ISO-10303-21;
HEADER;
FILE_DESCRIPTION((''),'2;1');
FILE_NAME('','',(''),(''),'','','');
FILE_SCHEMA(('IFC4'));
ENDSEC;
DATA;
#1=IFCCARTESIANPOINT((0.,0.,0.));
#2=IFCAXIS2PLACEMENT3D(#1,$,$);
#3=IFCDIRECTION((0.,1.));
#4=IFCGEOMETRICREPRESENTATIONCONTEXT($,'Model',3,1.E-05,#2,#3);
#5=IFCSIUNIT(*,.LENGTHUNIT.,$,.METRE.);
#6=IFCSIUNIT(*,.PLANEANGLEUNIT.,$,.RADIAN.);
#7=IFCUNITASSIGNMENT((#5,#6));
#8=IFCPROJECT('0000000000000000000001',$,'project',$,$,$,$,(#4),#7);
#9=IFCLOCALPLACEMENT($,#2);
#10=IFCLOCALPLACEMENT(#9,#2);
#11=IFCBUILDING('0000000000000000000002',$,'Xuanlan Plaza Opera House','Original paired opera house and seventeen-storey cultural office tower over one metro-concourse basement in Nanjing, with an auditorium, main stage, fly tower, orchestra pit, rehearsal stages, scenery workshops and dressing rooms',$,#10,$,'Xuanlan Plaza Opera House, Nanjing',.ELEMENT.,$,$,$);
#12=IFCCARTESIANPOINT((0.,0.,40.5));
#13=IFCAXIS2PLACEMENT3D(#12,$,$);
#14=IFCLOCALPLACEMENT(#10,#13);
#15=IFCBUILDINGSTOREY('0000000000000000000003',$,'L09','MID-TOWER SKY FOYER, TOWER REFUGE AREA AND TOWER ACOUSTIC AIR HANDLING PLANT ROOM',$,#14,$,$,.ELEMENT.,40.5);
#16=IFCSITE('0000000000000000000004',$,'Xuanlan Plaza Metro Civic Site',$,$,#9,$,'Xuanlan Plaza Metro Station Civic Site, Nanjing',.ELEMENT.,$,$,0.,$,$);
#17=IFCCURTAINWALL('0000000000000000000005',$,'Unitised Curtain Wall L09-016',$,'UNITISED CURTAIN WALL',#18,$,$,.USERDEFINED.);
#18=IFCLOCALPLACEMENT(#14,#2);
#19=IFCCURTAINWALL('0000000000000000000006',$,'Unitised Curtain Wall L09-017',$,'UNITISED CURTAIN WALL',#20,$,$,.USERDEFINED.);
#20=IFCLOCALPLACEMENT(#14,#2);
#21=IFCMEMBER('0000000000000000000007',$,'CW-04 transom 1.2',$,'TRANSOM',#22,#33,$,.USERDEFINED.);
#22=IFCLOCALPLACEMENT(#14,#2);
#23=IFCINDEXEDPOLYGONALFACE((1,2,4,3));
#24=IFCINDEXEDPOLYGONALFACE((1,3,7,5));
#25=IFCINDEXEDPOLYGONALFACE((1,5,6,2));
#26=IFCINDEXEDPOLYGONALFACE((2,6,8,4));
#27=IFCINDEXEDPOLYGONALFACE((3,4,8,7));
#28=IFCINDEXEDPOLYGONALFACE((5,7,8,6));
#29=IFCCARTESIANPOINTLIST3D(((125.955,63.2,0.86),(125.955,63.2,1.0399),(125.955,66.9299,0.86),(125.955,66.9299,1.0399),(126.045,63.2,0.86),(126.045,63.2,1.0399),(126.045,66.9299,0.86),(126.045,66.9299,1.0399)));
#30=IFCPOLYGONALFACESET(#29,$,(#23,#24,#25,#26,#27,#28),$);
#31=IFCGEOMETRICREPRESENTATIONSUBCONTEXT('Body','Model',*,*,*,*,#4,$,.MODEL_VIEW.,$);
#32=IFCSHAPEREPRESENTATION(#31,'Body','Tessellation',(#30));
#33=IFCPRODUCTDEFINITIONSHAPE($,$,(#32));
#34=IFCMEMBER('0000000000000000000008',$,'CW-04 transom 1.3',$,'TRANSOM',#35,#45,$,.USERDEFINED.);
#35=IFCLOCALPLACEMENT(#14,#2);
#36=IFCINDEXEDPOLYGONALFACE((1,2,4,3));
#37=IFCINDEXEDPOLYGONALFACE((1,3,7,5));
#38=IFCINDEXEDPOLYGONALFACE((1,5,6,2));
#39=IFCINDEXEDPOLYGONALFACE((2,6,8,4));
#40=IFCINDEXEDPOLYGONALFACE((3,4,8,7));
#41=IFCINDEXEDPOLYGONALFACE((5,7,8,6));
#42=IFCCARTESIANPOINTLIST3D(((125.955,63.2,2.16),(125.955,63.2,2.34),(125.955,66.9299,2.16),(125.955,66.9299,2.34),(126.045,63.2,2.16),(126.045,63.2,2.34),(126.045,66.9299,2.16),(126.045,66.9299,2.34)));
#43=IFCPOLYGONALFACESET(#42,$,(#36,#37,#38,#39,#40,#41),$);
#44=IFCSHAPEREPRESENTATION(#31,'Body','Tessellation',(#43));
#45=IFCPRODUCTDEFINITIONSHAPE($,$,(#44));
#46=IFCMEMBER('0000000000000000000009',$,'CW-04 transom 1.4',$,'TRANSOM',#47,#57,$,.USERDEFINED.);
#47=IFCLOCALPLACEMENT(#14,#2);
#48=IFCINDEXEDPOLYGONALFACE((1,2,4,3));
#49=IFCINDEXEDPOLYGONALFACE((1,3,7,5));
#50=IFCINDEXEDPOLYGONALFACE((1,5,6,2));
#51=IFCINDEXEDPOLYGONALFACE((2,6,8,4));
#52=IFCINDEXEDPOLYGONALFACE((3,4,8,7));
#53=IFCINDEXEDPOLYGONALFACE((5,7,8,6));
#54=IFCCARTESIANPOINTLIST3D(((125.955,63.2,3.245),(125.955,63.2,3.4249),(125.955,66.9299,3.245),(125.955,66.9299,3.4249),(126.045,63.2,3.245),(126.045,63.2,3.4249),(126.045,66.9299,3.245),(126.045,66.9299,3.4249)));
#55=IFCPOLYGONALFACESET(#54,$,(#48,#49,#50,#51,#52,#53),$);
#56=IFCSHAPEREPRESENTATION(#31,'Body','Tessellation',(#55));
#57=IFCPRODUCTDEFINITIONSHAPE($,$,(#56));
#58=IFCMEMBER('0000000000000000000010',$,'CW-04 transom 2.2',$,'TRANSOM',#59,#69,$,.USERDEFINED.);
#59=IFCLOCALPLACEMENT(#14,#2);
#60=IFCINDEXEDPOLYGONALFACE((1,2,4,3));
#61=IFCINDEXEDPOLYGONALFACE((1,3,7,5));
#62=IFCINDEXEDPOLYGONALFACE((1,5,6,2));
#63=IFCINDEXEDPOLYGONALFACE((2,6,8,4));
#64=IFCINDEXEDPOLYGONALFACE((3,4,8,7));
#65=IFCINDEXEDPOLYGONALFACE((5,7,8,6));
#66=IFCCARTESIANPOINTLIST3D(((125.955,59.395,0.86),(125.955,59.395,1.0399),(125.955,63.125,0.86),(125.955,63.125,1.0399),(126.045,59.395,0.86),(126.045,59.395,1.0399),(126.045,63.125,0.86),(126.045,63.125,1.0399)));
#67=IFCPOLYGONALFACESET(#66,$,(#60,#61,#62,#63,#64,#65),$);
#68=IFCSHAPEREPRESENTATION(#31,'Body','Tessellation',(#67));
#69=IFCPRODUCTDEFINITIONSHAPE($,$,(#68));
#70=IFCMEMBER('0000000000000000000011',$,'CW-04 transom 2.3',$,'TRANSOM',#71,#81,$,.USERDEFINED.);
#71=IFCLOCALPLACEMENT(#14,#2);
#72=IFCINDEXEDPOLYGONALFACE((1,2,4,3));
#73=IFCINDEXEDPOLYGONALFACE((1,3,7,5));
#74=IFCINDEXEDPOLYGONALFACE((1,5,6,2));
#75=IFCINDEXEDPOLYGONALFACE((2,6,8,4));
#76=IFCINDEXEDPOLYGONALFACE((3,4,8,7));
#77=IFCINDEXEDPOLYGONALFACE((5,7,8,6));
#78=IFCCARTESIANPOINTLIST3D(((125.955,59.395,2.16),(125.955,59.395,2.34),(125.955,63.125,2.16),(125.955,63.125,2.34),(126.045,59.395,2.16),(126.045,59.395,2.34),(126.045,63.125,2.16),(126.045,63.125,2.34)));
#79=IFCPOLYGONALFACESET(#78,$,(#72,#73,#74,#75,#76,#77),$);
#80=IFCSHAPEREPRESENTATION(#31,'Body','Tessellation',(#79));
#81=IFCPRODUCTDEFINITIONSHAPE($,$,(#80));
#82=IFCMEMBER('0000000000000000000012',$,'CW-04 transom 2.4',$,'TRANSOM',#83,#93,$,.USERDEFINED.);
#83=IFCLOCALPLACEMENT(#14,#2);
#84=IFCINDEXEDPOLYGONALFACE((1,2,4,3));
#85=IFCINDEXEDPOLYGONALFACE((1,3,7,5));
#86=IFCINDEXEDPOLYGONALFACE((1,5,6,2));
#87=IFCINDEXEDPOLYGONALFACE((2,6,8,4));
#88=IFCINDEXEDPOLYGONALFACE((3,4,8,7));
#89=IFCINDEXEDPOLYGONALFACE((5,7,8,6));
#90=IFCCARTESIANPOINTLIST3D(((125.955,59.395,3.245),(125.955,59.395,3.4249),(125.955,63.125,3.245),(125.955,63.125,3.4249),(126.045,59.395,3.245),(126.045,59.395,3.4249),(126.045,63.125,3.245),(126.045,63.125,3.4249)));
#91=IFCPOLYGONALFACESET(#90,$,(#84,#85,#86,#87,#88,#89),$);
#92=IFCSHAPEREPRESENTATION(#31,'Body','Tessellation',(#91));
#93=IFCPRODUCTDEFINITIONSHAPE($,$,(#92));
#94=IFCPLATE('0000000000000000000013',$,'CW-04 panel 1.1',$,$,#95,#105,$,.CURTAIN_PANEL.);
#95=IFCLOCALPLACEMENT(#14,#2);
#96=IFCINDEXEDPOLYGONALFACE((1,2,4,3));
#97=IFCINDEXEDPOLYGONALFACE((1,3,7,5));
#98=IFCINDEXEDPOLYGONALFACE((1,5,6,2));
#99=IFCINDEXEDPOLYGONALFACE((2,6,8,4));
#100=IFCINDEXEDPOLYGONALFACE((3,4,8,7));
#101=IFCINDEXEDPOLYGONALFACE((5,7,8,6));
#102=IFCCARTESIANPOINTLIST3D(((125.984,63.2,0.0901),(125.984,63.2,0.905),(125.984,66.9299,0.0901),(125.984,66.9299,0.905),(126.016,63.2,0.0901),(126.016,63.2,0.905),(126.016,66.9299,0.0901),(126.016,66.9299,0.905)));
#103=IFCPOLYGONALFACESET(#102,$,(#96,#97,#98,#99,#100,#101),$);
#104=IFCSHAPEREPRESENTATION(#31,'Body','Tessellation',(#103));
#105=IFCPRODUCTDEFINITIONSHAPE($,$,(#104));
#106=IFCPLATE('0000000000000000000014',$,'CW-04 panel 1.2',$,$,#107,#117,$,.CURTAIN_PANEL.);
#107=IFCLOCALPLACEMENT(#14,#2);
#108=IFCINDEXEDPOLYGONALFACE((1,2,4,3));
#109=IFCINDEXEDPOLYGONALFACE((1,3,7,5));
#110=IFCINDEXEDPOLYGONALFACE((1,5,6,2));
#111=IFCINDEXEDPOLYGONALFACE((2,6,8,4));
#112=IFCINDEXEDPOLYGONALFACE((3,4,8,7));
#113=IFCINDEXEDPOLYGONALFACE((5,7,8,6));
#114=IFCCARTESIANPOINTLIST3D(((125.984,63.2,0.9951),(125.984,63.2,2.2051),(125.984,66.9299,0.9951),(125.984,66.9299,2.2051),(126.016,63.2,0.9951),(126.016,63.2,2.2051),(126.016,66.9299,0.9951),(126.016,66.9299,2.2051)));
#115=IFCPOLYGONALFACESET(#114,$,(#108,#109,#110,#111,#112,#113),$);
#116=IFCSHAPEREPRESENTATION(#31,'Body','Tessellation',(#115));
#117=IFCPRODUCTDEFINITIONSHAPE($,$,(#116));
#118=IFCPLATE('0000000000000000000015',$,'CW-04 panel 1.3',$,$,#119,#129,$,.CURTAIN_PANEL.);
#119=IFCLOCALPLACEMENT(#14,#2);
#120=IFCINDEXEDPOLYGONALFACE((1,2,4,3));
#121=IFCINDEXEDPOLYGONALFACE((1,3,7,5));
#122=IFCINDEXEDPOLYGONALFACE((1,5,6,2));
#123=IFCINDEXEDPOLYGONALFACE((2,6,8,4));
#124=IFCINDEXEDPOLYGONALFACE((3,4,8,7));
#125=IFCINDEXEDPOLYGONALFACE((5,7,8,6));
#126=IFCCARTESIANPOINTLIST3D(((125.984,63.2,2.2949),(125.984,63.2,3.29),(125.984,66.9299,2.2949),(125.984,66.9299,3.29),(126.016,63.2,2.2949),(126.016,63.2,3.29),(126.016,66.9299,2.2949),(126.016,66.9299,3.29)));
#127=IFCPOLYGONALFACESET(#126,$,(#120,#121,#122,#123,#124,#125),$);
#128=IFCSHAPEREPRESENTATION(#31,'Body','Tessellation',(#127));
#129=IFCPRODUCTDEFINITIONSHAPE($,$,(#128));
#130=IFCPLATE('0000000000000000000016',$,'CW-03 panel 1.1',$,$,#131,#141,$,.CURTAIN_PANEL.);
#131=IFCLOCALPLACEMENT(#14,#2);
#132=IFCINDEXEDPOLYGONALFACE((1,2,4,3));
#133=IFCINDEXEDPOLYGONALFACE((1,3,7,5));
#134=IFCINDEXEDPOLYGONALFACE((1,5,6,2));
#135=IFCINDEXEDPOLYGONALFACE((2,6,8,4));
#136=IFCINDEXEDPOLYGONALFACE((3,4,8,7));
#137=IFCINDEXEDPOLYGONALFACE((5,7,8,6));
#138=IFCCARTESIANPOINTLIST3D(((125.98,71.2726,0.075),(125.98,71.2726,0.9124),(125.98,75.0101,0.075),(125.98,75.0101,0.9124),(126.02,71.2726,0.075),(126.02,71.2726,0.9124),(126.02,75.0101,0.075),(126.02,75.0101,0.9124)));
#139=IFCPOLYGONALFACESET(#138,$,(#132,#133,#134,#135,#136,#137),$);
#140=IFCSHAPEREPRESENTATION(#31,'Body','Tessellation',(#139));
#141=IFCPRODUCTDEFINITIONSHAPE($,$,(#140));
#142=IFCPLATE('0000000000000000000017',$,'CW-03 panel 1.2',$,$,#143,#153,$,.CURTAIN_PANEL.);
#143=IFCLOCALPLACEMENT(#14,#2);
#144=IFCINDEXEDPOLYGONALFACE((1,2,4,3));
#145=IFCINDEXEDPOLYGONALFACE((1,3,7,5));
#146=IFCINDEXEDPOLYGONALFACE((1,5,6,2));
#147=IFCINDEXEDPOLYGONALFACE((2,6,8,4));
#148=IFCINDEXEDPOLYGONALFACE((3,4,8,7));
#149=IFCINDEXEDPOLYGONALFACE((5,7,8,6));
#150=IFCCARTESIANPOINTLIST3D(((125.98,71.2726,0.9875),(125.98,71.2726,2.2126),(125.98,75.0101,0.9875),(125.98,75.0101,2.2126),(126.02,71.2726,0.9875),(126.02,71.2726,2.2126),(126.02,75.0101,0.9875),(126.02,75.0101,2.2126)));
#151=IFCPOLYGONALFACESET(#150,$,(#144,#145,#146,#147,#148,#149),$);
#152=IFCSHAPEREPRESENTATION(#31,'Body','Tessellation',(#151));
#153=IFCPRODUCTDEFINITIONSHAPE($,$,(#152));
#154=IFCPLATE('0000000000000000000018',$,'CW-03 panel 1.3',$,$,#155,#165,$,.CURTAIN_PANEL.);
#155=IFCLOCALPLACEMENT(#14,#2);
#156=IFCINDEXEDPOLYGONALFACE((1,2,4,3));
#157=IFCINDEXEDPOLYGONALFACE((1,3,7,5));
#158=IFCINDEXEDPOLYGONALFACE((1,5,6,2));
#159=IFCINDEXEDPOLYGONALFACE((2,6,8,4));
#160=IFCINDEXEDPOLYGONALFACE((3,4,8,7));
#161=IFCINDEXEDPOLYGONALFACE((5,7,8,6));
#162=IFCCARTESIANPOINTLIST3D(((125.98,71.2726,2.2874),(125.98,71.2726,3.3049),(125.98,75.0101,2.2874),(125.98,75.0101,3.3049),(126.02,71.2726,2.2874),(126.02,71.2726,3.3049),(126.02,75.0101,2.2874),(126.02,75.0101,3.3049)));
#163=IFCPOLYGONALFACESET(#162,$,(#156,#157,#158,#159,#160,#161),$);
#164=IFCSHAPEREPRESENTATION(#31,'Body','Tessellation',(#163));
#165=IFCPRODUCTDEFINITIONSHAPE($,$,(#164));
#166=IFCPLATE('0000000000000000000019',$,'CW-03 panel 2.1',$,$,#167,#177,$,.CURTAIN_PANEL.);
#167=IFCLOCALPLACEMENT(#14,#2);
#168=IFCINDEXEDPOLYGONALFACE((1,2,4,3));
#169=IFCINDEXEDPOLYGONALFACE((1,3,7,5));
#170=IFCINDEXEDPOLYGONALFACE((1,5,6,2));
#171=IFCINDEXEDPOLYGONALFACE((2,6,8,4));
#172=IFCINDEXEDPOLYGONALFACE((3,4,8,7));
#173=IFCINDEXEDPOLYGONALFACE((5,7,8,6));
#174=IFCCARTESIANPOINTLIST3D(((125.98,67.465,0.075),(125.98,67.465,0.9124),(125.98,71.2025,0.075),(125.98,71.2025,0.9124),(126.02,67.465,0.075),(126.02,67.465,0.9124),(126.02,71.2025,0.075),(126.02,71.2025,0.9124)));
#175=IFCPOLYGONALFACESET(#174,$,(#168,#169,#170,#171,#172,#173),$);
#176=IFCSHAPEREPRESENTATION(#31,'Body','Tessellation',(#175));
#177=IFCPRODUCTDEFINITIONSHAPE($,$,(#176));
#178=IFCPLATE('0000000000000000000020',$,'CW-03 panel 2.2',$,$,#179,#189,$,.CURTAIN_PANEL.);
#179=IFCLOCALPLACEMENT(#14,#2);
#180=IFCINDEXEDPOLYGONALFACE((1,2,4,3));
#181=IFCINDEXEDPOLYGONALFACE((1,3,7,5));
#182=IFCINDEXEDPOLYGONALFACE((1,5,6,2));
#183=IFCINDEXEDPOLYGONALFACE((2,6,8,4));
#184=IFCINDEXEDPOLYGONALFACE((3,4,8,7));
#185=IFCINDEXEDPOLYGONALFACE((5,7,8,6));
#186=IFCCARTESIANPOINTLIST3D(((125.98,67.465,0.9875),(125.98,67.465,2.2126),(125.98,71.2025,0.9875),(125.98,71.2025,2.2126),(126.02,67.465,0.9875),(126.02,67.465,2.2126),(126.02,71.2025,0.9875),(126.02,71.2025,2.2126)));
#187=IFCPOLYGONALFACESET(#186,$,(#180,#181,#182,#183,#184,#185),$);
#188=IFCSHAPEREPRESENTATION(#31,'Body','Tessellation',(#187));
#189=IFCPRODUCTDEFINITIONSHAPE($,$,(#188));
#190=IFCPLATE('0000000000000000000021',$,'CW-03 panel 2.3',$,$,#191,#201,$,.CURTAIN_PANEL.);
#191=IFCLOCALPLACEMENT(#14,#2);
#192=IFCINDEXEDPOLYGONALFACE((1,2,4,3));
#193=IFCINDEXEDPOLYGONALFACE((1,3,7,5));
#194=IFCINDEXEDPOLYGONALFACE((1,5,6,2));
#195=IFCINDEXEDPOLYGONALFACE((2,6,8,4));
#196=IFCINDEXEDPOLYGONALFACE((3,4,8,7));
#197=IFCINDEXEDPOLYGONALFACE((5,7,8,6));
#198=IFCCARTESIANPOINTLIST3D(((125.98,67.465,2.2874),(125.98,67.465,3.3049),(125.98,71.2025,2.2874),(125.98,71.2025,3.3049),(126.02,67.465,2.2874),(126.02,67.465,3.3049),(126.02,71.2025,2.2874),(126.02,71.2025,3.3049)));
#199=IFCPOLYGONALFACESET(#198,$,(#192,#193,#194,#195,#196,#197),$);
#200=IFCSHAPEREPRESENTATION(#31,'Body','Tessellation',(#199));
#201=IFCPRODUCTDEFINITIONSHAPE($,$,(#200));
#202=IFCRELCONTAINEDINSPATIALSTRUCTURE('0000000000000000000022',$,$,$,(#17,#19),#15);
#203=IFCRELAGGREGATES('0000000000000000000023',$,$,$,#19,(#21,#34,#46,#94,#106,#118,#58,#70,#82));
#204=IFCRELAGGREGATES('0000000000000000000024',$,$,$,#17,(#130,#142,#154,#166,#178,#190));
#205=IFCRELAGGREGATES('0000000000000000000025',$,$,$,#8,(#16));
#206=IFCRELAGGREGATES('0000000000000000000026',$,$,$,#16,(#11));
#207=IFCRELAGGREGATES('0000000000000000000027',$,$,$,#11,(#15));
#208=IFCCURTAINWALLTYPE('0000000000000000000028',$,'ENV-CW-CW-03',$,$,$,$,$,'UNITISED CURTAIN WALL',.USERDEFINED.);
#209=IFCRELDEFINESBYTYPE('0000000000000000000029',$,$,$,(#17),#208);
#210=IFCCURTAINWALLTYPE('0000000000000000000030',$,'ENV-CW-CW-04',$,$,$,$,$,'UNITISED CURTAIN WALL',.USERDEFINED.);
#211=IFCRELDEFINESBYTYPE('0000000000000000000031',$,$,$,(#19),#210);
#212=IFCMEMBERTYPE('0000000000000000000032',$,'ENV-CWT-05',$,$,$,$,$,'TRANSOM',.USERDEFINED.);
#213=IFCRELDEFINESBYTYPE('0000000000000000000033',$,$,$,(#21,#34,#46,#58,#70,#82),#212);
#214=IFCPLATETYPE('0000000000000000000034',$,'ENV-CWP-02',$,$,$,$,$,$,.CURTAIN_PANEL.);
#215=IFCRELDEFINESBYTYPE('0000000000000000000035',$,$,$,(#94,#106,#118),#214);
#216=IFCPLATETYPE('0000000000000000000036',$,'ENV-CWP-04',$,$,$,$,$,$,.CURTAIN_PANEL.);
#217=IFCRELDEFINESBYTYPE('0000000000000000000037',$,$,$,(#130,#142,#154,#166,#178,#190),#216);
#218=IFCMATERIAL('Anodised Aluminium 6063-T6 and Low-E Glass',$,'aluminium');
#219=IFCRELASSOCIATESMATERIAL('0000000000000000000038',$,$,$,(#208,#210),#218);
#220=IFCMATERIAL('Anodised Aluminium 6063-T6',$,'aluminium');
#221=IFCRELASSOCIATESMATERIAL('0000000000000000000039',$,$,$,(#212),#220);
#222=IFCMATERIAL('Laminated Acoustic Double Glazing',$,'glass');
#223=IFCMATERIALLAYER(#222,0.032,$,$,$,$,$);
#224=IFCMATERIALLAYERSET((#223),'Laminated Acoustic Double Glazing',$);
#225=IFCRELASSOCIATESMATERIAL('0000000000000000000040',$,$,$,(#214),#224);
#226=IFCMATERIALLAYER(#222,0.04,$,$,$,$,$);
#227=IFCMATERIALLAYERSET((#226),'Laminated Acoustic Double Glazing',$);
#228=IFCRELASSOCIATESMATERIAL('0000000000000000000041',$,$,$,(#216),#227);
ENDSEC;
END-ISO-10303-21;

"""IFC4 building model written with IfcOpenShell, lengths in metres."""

from ifc_helpers import new_model, si_unit, direction, frame, origin, origin_2d, place, context, subcontext, project, spatial, rectangle, extrude, material, layer, layer_set, material_profile, profile_set, type_object, element, aggregate, save


model = new_model("IFC4")

# Units and contexts
model_context = context("Model", 3, precision=1e-05, world=origin(), true_north=direction((0.0, 1.0)))
body_context = subcontext(model_context, "Body", "Model", "MODEL_VIEW")
ifc_project = project(units=[si_unit("LENGTHUNIT", "METRE"), si_unit("PLANEANGLEUNIT", "RADIAN")], contexts=[model_context])

# Site, building, storey
site_placement = place(None, origin())
site = spatial("IfcSite", under=ifc_project, at=site_placement, Name="Xuanlan Plaza Metro Civic Site", LongName="Xuanlan Plaza Metro Station Civic Site, Nanjing", CompositionType="ELEMENT", RefElevation=0.0)
building_placement = place(site_placement, origin())
building = spatial("IfcBuilding", under=site, at=building_placement, Name="Xuanlan Plaza Opera House", Description="Original paired opera house and seventeen-storey cultural office tower over one metro-concourse basement in Nanjing, with an auditorium, main stage, fly tower, orchestra pit, rehearsal stages, scenery workshops and dressing rooms", LongName="Xuanlan Plaza Opera House, Nanjing", CompositionType="ELEMENT")
storey_placement = place(building_placement, frame((0.0, 0.0, 40.5)))
storey = spatial("IfcBuildingStorey", under=building, at=storey_placement, Name="L09", Description="MID-TOWER SKY FOYER, TOWER REFUGE AREA AND TOWER ACOUSTIC AIR HANDLING PLANT ROOM", CompositionType="ELEMENT", Elevation=40.5)

# Curtain walls
ifc_material_1 = material(Name="Anodised Aluminium 6063-T6 and Low-E Glass", Category="aluminium")
curtain_wall_type_1 = type_object("IfcCurtainWallType", Name="ENV-CW-CW-03", ElementType="UNITISED CURTAIN WALL", PredefinedType="USERDEFINED", material=ifc_material_1)
curtain_wall_1_placement = place(storey_placement, origin())
curtain_wall_1 = element("IfcCurtainWall", 1, at=curtain_wall_1_placement, inside=storey, type_object=curtain_wall_type_1, Name="Unitised Curtain Wall L09-016", ObjectType="UNITISED CURTAIN WALL", PredefinedType="USERDEFINED")
ifc_material_2 = material(Name="Anodised Aluminium 6063-T6", Category="aluminium")
curtain_wall_type_2 = type_object("IfcCurtainWallType", Name="ENV-CW-CW-04", ElementType="UNITISED CURTAIN WALL", PredefinedType="USERDEFINED", material=ifc_material_1)
curtain_wall_2_placement = place(storey_placement, origin())
curtain_wall_2 = element("IfcCurtainWall", 2, at=curtain_wall_2_placement, inside=storey, type_object=curtain_wall_type_2, Name="Unitised Curtain Wall L09-017", ObjectType="UNITISED CURTAIN WALL", PredefinedType="USERDEFINED")

# Members
ifc_material_profile_1 = material_profile(ifc_material_2, rectangle(XDim=0.0901, YDim=0.1799, at=origin_2d()), Name="ALU-T 90x180")
ifc_profile_set_1 = profile_set([ifc_material_profile_1], Name="Anodised Aluminium 6063-T6")
member_type_1 = type_object("IfcMemberType", Name="ENV-CWT-05", ElementType="TRANSOM", PredefinedType="USERDEFINED", material=ifc_profile_set_1)
member_1_placement = place(storey_placement, frame((126.0, 66.9299, 0.95), z_axis=(0.0, -1.0, 0.0), x_axis=(1.0, 0.0, 0.0)))
member_1 = element("IfcMember", 3, at=member_1_placement, type_object=member_type_1, Name="CW-04 transom 1.2", ObjectType="TRANSOM", PredefinedType="USERDEFINED", context=body_context, shape_type="SweptSolid", body=[
    extrude(rectangle(XDim=0.0901, YDim=0.1799, at=origin_2d()), origin(), (0.0, 0.0, 1.0), 3.73),
])
member_2_placement = place(storey_placement, frame((126.0, 66.9299, 2.25), z_axis=(0.0, -1.0, 0.0), x_axis=(1.0, 0.0, 0.0)))
member_2 = element("IfcMember", 4, at=member_2_placement, type_object=member_type_1, Name="CW-04 transom 1.3", ObjectType="TRANSOM", PredefinedType="USERDEFINED", context=body_context, shape_type="SweptSolid", body=[
    extrude(rectangle(XDim=0.0901, YDim=0.1799, at=origin_2d()), origin(), (0.0, 0.0, 1.0), 3.73),
])
member_3_placement = place(storey_placement, frame((126.0, 66.9299, 3.335), z_axis=(0.0, -1.0, 0.0), x_axis=(1.0, 0.0, 0.0)))
member_3 = element("IfcMember", 5, at=member_3_placement, type_object=member_type_1, Name="CW-04 transom 1.4", ObjectType="TRANSOM", PredefinedType="USERDEFINED", context=body_context, shape_type="SweptSolid", body=[
    extrude(rectangle(XDim=0.0901, YDim=0.1799, at=origin_2d()), origin(), (0.0, 0.0, 1.0), 3.73),
])
member_4_placement = place(storey_placement, frame((126.0, 63.125, 0.95), z_axis=(0.0, -1.0, 0.0), x_axis=(1.0, 0.0, 0.0)))
member_4 = element("IfcMember", 6, at=member_4_placement, type_object=member_type_1, Name="CW-04 transom 2.2", ObjectType="TRANSOM", PredefinedType="USERDEFINED", context=body_context, shape_type="SweptSolid", body=[
    extrude(rectangle(XDim=0.0901, YDim=0.1799, at=origin_2d()), origin(), (0.0, 0.0, 1.0), 3.73),
])
member_5_placement = place(storey_placement, frame((126.0, 63.125, 2.25), z_axis=(0.0, -1.0, 0.0), x_axis=(1.0, 0.0, 0.0)))
member_5 = element("IfcMember", 7, at=member_5_placement, type_object=member_type_1, Name="CW-04 transom 2.3", ObjectType="TRANSOM", PredefinedType="USERDEFINED", context=body_context, shape_type="SweptSolid", body=[
    extrude(rectangle(XDim=0.0901, YDim=0.1799, at=origin_2d()), origin(), (0.0, 0.0, 1.0), 3.73),
])
member_6_placement = place(storey_placement, frame((126.0, 63.125, 3.335), z_axis=(0.0, -1.0, 0.0), x_axis=(1.0, 0.0, 0.0)))
member_6 = element("IfcMember", 8, at=member_6_placement, type_object=member_type_1, Name="CW-04 transom 2.4", ObjectType="TRANSOM", PredefinedType="USERDEFINED", context=body_context, shape_type="SweptSolid", body=[
    extrude(rectangle(XDim=0.0901, YDim=0.1799, at=origin_2d()), origin(), (0.0, 0.0, 1.0), 3.73),
])

# Plates
ifc_material_3 = material(Name="Laminated Acoustic Double Glazing", Category="glass")
ifc_layer_1 = layer(ifc_material_3, 0.032)
ifc_layer_set_1 = layer_set([ifc_layer_1], Name="Laminated Acoustic Double Glazing")
plate_type_1 = type_object("IfcPlateType", Name="ENV-CWP-02", PredefinedType="CURTAIN_PANEL", material=ifc_layer_set_1)
plate_1_placement = place(storey_placement, frame((126.0, 65.0649, 0.0901), z_axis=(0.0, 0.0, 1.0), x_axis=(0.0, -1.0, 0.0)))
plate_1 = element("IfcPlate", 9, at=plate_1_placement, type_object=plate_type_1, Name="CW-04 panel 1.1", PredefinedType="CURTAIN_PANEL", context=body_context, shape_type="SweptSolid", body=[
    extrude(rectangle(XDim=3.73, YDim=0.032, at=origin_2d()), origin(), (0.0, 0.0, 1.0), 0.8149),
])
plate_2_placement = place(storey_placement, frame((126.0, 65.0649, 0.9951), z_axis=(0.0, 0.0, 1.0), x_axis=(0.0, -1.0, 0.0)))
plate_2 = element("IfcPlate", 10, at=plate_2_placement, type_object=plate_type_1, Name="CW-04 panel 1.2", PredefinedType="CURTAIN_PANEL", context=body_context, shape_type="SweptSolid", body=[
    extrude(rectangle(XDim=3.73, YDim=0.032, at=origin_2d()), origin(), (0.0, 0.0, 1.0), 1.21),
])
plate_3_placement = place(storey_placement, frame((126.0, 65.0649, 2.2949), z_axis=(0.0, 0.0, 1.0), x_axis=(0.0, -1.0, 0.0)))
plate_3 = element("IfcPlate", 11, at=plate_3_placement, type_object=plate_type_1, Name="CW-04 panel 1.3", PredefinedType="CURTAIN_PANEL", context=body_context, shape_type="SweptSolid", body=[
    extrude(rectangle(XDim=3.73, YDim=0.032, at=origin_2d()), origin(), (0.0, 0.0, 1.0), 0.9951),
])
aggregate(curtain_wall_2, [member_1, member_2, member_3, plate_1, plate_2, plate_3, member_4, member_5, member_6])
ifc_layer_2 = layer(ifc_material_3, 0.04)
ifc_layer_set_2 = layer_set([ifc_layer_2], Name="Laminated Acoustic Double Glazing")
plate_type_2 = type_object("IfcPlateType", Name="ENV-CWP-04", PredefinedType="CURTAIN_PANEL", material=ifc_layer_set_2)
plate_4_placement = place(storey_placement, frame((126.0, 73.1414, 0.075), z_axis=(0.0, 0.0, 1.0), x_axis=(0.0, -1.0, 0.0)))
plate_4 = element("IfcPlate", 12, at=plate_4_placement, type_object=plate_type_2, Name="CW-03 panel 1.1", PredefinedType="CURTAIN_PANEL", context=body_context, shape_type="SweptSolid", body=[
    extrude(rectangle(XDim=3.7375, YDim=0.04, at=origin_2d()), origin(), (0.0, 0.0, 1.0), 0.8374),
])
plate_5_placement = place(storey_placement, frame((126.0, 73.1414, 0.9875), z_axis=(0.0, 0.0, 1.0), x_axis=(0.0, -1.0, 0.0)))
plate_5 = element("IfcPlate", 13, at=plate_5_placement, type_object=plate_type_2, Name="CW-03 panel 1.2", PredefinedType="CURTAIN_PANEL", context=body_context, shape_type="SweptSolid", body=[
    extrude(rectangle(XDim=3.7375, YDim=0.04, at=origin_2d()), origin(), (0.0, 0.0, 1.0), 1.2251),
])
plate_6_placement = place(storey_placement, frame((126.0, 73.1414, 2.2874), z_axis=(0.0, 0.0, 1.0), x_axis=(0.0, -1.0, 0.0)))
plate_6 = element("IfcPlate", 14, at=plate_6_placement, type_object=plate_type_2, Name="CW-03 panel 1.3", PredefinedType="CURTAIN_PANEL", context=body_context, shape_type="SweptSolid", body=[
    extrude(rectangle(XDim=3.7375, YDim=0.04, at=origin_2d()), origin(), (0.0, 0.0, 1.0), 1.0176),
])
plate_7_placement = place(storey_placement, frame((126.0, 69.3337, 0.075), z_axis=(0.0, 0.0, 1.0), x_axis=(0.0, -1.0, 0.0)))
plate_7 = element("IfcPlate", 15, at=plate_7_placement, type_object=plate_type_2, Name="CW-03 panel 2.1", PredefinedType="CURTAIN_PANEL", context=body_context, shape_type="SweptSolid", body=[
    extrude(rectangle(XDim=3.7375, YDim=0.04, at=origin_2d()), origin(), (0.0, 0.0, 1.0), 0.8374),
])
plate_8_placement = place(storey_placement, frame((126.0, 69.3337, 0.9875), z_axis=(0.0, 0.0, 1.0), x_axis=(0.0, -1.0, 0.0)))
plate_8 = element("IfcPlate", 16, at=plate_8_placement, type_object=plate_type_2, Name="CW-03 panel 2.2", PredefinedType="CURTAIN_PANEL", context=body_context, shape_type="SweptSolid", body=[
    extrude(rectangle(XDim=3.7375, YDim=0.04, at=origin_2d()), origin(), (0.0, 0.0, 1.0), 1.2251),
])
plate_9_placement = place(storey_placement, frame((126.0, 69.3337, 2.2874), z_axis=(0.0, 0.0, 1.0), x_axis=(0.0, -1.0, 0.0)))
plate_9 = element("IfcPlate", 17, at=plate_9_placement, type_object=plate_type_2, Name="CW-03 panel 2.3", PredefinedType="CURTAIN_PANEL", context=body_context, shape_type="SweptSolid", body=[
    extrude(rectangle(XDim=3.7375, YDim=0.04, at=origin_2d()), origin(), (0.0, 0.0, 1.0), 1.0176),
])
aggregate(curtain_wall_1, [plate_4, plate_5, plate_6, plate_7, plate_8, plate_9])

save(model, "model.ifc")
